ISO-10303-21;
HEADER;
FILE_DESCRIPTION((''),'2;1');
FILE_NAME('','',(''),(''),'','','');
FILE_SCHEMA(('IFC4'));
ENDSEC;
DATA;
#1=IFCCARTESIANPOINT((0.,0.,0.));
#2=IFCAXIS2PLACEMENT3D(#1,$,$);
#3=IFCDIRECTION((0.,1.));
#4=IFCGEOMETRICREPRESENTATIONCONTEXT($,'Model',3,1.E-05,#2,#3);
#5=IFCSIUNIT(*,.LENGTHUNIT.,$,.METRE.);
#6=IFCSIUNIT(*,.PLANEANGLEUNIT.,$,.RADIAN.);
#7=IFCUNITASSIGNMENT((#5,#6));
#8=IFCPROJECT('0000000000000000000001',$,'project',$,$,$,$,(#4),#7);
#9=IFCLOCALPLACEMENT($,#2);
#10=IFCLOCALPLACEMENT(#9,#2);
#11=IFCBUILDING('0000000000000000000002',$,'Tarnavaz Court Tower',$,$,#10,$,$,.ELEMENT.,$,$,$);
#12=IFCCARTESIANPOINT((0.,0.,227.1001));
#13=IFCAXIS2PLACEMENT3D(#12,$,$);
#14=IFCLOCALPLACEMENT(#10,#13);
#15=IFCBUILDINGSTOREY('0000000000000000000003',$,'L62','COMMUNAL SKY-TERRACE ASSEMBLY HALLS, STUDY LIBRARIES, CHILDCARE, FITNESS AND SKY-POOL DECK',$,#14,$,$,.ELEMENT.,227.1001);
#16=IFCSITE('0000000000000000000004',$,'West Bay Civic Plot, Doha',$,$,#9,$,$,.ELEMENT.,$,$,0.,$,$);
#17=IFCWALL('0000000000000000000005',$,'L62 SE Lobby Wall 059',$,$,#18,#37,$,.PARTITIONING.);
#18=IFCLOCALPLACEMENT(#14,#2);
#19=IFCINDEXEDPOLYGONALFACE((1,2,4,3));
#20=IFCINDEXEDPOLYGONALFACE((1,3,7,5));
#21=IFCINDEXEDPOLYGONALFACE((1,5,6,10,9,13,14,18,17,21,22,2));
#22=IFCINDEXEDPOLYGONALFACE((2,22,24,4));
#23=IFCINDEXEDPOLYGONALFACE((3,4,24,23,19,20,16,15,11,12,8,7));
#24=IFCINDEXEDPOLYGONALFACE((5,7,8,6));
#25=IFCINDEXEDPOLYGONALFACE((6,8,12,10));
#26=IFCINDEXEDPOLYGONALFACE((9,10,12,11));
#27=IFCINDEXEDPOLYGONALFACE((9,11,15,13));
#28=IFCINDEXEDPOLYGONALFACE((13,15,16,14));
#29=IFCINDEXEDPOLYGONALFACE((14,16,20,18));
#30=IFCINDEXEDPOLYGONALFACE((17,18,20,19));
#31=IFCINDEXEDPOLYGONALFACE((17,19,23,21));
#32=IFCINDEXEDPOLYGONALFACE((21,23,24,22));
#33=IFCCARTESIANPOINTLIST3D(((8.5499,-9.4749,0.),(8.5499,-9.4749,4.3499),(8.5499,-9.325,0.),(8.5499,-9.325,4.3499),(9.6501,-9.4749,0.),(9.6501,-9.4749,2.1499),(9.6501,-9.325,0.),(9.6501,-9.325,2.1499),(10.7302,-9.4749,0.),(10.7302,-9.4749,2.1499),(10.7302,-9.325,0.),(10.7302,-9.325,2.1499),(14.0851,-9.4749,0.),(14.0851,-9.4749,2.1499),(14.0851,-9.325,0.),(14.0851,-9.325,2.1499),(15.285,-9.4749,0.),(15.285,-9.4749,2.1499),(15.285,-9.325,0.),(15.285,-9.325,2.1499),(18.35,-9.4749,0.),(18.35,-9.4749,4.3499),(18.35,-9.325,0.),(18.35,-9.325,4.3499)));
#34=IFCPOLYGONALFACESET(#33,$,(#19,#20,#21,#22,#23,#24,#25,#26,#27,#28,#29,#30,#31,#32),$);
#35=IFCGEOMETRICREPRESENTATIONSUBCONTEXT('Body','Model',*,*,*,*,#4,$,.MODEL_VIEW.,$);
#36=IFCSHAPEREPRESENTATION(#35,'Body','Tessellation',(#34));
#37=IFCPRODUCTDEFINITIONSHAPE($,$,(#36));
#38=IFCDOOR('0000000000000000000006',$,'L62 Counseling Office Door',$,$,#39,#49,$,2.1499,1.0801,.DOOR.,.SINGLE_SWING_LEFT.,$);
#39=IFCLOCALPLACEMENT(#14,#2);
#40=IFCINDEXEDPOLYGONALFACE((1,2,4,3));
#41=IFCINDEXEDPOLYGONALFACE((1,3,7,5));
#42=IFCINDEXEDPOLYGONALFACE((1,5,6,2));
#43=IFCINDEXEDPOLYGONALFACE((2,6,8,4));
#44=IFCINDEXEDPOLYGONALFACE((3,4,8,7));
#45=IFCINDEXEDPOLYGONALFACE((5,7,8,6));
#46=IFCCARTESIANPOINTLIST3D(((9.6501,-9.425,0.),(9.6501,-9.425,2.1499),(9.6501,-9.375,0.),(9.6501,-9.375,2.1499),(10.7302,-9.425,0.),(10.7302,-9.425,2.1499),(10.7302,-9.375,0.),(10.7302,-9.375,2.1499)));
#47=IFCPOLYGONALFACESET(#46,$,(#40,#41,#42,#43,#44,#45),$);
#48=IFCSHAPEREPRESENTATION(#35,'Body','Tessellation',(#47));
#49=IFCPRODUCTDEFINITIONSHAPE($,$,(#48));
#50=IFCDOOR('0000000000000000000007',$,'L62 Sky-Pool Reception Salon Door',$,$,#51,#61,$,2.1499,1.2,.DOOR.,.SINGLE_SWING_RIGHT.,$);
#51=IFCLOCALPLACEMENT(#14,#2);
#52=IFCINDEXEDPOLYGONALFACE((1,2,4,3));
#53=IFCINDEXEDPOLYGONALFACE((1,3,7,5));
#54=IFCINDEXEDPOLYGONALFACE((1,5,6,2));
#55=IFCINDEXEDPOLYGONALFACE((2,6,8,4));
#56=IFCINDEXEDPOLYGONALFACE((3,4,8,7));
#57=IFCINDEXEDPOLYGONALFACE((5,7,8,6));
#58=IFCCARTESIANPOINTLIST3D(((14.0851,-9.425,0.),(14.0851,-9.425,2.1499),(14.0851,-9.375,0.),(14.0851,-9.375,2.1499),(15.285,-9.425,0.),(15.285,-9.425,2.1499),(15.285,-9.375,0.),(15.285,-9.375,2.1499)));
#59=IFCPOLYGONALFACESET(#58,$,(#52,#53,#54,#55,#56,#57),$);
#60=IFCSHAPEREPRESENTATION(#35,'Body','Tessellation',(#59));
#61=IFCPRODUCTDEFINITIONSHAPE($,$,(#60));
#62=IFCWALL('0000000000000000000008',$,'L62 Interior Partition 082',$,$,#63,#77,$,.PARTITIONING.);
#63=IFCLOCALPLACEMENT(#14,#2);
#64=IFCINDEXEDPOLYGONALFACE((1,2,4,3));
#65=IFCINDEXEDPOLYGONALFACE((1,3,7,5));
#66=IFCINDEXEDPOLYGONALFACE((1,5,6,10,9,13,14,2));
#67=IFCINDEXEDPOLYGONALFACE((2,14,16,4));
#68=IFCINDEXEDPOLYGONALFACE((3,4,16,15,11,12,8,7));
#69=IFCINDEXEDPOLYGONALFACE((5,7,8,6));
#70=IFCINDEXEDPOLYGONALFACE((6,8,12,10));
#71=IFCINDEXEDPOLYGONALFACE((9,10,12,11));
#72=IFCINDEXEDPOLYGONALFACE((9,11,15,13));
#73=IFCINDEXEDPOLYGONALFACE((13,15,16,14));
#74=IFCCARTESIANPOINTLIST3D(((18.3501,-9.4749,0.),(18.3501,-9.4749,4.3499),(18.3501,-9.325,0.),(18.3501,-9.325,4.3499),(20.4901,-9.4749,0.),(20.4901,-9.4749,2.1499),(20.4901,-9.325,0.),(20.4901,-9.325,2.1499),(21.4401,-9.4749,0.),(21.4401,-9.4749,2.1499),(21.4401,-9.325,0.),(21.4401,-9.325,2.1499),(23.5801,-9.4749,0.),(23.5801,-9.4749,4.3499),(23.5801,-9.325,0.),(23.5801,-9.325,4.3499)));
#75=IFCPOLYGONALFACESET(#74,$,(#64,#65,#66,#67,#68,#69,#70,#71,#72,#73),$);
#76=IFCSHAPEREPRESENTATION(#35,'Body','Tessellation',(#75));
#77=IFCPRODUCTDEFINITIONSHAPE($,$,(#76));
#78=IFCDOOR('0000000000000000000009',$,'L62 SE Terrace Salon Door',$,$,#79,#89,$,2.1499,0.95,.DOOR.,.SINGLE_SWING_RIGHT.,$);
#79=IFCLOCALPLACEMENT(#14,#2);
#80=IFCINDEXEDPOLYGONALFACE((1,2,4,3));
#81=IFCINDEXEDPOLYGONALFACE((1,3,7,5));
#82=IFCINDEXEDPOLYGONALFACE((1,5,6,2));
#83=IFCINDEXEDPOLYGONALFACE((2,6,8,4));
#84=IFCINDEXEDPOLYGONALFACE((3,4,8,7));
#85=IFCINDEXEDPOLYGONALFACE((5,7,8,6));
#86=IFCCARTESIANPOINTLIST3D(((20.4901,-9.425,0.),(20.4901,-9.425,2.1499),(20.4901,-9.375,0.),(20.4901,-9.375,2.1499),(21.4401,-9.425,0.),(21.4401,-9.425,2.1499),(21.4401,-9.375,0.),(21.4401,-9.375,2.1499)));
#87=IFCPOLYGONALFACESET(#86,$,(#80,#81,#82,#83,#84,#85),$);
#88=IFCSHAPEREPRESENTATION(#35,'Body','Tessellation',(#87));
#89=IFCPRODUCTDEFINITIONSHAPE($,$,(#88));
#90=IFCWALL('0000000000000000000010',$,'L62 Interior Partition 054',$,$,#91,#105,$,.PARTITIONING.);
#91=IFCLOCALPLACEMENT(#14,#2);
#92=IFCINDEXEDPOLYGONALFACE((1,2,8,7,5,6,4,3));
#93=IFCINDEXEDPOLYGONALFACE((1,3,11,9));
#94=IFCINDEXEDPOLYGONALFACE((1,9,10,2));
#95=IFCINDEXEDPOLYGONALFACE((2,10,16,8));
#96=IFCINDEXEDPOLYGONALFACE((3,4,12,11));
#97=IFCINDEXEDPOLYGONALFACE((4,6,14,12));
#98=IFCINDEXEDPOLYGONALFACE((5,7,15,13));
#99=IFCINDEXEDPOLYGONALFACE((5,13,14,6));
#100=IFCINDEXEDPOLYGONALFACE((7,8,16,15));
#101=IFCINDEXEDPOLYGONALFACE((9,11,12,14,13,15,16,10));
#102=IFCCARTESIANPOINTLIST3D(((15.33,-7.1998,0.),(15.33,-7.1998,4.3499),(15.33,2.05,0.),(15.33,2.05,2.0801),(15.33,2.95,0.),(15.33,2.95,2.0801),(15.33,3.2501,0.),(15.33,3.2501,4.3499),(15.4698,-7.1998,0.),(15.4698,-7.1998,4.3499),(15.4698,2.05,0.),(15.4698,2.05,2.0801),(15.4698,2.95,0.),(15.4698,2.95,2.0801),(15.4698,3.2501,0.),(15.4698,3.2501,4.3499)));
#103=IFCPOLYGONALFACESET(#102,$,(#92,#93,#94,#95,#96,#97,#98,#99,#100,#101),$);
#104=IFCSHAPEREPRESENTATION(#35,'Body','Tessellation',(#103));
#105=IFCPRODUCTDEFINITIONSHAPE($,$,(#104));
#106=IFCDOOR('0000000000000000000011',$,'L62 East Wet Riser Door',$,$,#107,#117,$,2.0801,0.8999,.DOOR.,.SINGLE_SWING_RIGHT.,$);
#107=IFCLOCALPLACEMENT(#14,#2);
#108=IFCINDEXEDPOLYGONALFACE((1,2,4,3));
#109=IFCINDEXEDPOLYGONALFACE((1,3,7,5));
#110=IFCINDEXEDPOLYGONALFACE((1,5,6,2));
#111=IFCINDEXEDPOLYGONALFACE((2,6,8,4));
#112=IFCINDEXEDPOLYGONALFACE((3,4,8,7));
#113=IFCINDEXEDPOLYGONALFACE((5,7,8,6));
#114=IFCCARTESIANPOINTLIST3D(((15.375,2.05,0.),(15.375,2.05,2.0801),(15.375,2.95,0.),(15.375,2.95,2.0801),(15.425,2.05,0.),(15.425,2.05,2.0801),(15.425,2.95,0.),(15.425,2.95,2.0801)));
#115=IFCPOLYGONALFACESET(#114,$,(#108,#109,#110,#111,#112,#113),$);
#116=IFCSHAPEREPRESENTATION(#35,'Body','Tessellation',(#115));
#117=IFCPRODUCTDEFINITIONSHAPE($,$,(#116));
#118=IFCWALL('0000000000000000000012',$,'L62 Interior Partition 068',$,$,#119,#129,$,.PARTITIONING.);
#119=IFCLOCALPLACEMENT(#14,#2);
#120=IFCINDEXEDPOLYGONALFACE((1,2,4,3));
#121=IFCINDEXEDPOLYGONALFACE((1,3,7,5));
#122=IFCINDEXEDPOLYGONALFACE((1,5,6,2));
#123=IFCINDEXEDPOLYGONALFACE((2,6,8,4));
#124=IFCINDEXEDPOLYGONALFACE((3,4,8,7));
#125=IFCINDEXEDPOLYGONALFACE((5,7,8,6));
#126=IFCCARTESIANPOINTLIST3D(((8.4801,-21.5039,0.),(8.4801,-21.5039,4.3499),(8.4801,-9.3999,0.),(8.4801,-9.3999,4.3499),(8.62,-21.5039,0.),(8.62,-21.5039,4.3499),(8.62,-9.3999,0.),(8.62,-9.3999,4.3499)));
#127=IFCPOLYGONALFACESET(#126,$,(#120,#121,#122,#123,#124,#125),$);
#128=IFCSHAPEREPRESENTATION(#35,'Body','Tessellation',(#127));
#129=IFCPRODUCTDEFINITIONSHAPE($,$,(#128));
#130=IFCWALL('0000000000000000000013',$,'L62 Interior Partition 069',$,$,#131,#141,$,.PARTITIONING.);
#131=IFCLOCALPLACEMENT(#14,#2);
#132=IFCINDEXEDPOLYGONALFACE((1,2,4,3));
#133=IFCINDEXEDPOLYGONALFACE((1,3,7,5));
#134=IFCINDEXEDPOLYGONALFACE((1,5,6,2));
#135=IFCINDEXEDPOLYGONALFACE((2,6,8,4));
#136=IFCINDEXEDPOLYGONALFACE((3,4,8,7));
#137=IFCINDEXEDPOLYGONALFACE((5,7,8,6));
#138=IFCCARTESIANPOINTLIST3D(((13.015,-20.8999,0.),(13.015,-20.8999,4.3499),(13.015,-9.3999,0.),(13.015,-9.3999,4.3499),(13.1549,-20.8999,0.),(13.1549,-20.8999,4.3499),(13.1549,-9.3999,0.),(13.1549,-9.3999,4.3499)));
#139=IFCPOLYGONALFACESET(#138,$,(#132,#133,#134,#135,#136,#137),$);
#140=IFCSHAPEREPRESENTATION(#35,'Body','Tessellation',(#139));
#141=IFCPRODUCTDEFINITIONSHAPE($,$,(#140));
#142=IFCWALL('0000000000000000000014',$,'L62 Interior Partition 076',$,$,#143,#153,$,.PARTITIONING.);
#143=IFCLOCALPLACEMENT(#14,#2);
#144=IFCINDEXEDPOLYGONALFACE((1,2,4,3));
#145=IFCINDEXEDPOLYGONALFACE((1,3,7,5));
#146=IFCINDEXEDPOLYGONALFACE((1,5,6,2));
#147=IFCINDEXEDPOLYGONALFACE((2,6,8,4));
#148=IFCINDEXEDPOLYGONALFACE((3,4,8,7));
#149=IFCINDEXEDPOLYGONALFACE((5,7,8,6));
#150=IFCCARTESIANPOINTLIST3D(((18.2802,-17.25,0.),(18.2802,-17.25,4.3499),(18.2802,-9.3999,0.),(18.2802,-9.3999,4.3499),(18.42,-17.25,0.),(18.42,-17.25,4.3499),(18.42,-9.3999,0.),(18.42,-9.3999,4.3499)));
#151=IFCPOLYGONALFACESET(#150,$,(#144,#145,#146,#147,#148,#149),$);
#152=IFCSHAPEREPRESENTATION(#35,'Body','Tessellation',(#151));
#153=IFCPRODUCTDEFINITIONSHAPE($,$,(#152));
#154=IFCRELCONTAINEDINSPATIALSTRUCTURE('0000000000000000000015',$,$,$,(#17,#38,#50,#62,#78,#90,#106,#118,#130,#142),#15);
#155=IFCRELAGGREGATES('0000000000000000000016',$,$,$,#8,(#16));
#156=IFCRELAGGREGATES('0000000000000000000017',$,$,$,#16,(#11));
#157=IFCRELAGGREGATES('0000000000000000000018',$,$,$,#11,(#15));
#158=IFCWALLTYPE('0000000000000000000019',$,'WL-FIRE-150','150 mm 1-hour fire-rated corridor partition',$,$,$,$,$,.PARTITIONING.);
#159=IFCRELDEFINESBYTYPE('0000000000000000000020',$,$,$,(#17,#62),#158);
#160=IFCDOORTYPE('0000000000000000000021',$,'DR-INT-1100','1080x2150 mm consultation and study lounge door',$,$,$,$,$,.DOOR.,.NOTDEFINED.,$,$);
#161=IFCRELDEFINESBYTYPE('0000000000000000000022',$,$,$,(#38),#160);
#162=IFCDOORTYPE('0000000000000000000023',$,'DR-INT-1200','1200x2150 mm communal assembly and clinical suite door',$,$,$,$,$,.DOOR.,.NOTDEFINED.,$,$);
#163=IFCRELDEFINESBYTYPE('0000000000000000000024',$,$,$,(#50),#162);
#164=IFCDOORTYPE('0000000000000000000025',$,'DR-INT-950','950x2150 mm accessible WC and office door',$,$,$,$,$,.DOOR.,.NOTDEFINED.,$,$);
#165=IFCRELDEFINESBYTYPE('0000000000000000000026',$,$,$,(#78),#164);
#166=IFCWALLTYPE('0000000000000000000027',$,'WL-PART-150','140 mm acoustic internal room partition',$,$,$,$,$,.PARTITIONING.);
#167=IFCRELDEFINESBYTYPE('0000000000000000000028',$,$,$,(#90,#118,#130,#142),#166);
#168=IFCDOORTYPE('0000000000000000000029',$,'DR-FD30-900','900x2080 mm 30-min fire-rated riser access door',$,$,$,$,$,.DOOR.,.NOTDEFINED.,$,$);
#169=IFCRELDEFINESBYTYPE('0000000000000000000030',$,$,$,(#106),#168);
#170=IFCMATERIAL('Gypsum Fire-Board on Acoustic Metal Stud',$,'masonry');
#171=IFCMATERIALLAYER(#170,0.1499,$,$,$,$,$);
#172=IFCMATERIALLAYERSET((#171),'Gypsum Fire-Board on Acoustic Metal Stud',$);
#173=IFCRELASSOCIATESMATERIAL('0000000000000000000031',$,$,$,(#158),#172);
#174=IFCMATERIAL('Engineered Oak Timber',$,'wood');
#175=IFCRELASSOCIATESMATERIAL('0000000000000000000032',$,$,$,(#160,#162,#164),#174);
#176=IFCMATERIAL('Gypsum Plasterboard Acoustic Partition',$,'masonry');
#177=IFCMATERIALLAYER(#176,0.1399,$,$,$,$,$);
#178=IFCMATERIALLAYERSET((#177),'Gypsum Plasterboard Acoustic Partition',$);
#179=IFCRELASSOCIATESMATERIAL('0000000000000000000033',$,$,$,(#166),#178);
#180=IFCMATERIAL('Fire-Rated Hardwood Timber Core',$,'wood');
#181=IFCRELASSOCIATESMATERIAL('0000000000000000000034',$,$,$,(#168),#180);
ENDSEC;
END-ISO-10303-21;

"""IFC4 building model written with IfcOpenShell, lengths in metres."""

from ifc_helpers import new_model, si_unit, direction, frame, frame_2d, origin, place, context, subcontext, project, spatial, rectangle, extrude, material, layer, layer_set, type_object, element, fill, save


model = new_model("IFC4")

# Units and contexts
model_context = context("Model", 3, precision=1e-05, world=origin(), true_north=direction((0.0, 1.0)))
body_context = subcontext(model_context, "Body", "Model", "MODEL_VIEW")
ifc_project = project(units=[si_unit("LENGTHUNIT", "METRE"), si_unit("PLANEANGLEUNIT", "RADIAN")], contexts=[model_context])

# Site, building, storey
site_placement = place(None, origin())
site = spatial("IfcSite", under=ifc_project, at=site_placement, Name="West Bay Civic Plot, Doha", CompositionType="ELEMENT", RefElevation=0.0)
building_placement = place(site_placement, origin())
building = spatial("IfcBuilding", under=site, at=building_placement, Name="Tarnavaz Court Tower", CompositionType="ELEMENT")
storey_placement = place(building_placement, frame((0.0, 0.0, 227.1001)))
storey = spatial("IfcBuildingStorey", under=building, at=storey_placement, Name="L62", Description="COMMUNAL SKY-TERRACE ASSEMBLY HALLS, STUDY LIBRARIES, CHILDCARE, FITNESS AND SKY-POOL DECK", CompositionType="ELEMENT", Elevation=227.1001)

# Wall, openings, doors
ifc_material_1 = material(Name="Gypsum Fire-Board on Acoustic Metal Stud", Category="masonry")
ifc_layer_1 = layer(ifc_material_1, 0.1499)
ifc_layer_set_1 = layer_set([ifc_layer_1], Name="Gypsum Fire-Board on Acoustic Metal Stud")
wall_type_1 = type_object("IfcWallType", Name="WL-FIRE-150", Description="150 mm 1-hour fire-rated corridor partition", PredefinedType="PARTITIONING", material=ifc_layer_set_1)
wall_1_placement = place(storey_placement, frame((8.55, -9.3999, 0.0), z_axis=(0.0, 0.0, 1.0), x_axis=(1.0, 0.0, 0.0)))
wall_1 = element("IfcWall", 1, at=wall_1_placement, inside=storey, type_object=wall_type_1, Name="L62 SE Lobby Wall 059", PredefinedType="PARTITIONING", context=body_context, shape_type="SweptSolid", body=[
    extrude(rectangle(XDim=9.8, YDim=0.1499, at=frame_2d((4.8999, 0.0))), origin(), (0.0, 0.0, 1.0), 4.3499),
])
opening_1_placement = place(wall_1_placement, frame((1.1001, 0.0, 0.0)))
opening_1 = element("IfcOpeningElement", 2, at=opening_1_placement, cuts=wall_1, PredefinedType="OPENING", context=body_context, shape_type="SweptSolid", body=[
    extrude(rectangle(XDim=1.0801, YDim=2.1499, at=frame_2d((0.54, 1.075))), frame((0.0, 0.085, 0.0), z_axis=(0.0, -1.0, 0.0), x_axis=(1.0, 0.0, 0.0)), (0.0, 0.0, 1.0), 0.1699),
])
opening_2_placement = place(wall_1_placement, frame((5.5349, 0.0, 0.0)))
opening_2 = element("IfcOpeningElement", 3, at=opening_2_placement, cuts=wall_1, PredefinedType="OPENING", context=body_context, shape_type="SweptSolid", body=[
    extrude(rectangle(XDim=1.2, YDim=2.1499, at=frame_2d((0.6001, 1.075))), frame((0.0, 0.085, 0.0), z_axis=(0.0, -1.0, 0.0), x_axis=(1.0, 0.0, 0.0)), (0.0, 0.0, 1.0), 0.1699),
])
ifc_material_2 = material(Name="Engineered Oak Timber", Category="wood")
door_type_1 = type_object("IfcDoorType", Name="DR-INT-1100", Description="1080x2150 mm consultation and study lounge door", OperationType="NOTDEFINED", PredefinedType="DOOR", material=ifc_material_2)
door_1_placement = place(opening_1_placement, origin())
door_1 = element("IfcDoor", 4, at=door_1_placement, inside=storey, type_object=door_type_1, Name="L62 Counseling Office Door", OperationType="SINGLE_SWING_LEFT", OverallHeight=2.1499, OverallWidth=1.0801, PredefinedType="DOOR", context=body_context, shape_type="SweptSolid", body=[
    extrude(rectangle(XDim=1.0801, YDim=2.1499, at=frame_2d((0.54, 1.075))), frame((0.0, 0.0249, 0.0), z_axis=(0.0, -1.0, 0.0), x_axis=(1.0, 0.0, 0.0)), (0.0, 0.0, 1.0), 0.05),
])
fill(opening_1, door_1)
door_type_2 = type_object("IfcDoorType", Name="DR-INT-1200", Description="1200x2150 mm communal assembly and clinical suite door", OperationType="NOTDEFINED", PredefinedType="DOOR", material=ifc_material_2)
door_2_placement = place(opening_2_placement, origin())
door_2 = element("IfcDoor", 5, at=door_2_placement, inside=storey, type_object=door_type_2, Name="L62 Sky-Pool Reception Salon Door", OperationType="SINGLE_SWING_RIGHT", OverallHeight=2.1499, OverallWidth=1.2, PredefinedType="DOOR", context=body_context, shape_type="SweptSolid", body=[
    extrude(rectangle(XDim=1.2, YDim=2.1499, at=frame_2d((0.6001, 1.075))), frame((0.0, 0.0249, 0.0), z_axis=(0.0, -1.0, 0.0), x_axis=(1.0, 0.0, 0.0)), (0.0, 0.0, 1.0), 0.05),
])
fill(opening_2, door_2)

# Walls, openings, doors
wall_2_placement = place(storey_placement, frame((18.3501, -9.3999, 0.0), z_axis=(0.0, 0.0, 1.0), x_axis=(1.0, 0.0, 0.0)))
wall_2 = element("IfcWall", 6, at=wall_2_placement, inside=storey, type_object=wall_type_1, Name="L62 Interior Partition 082", PredefinedType="PARTITIONING", context=body_context, shape_type="SweptSolid", body=[
    extrude(rectangle(XDim=5.23, YDim=0.1499, at=frame_2d((2.615, 0.0))), origin(), (0.0, 0.0, 1.0), 4.3499),
])
opening_3_placement = place(wall_2_placement, frame((2.1399, 0.0, 0.0)))
opening_3 = element("IfcOpeningElement", 7, at=opening_3_placement, cuts=wall_2, PredefinedType="OPENING", context=body_context, shape_type="SweptSolid", body=[
    extrude(rectangle(XDim=0.95, YDim=2.1499, at=frame_2d((0.4751, 1.075))), frame((0.0, 0.085, 0.0), z_axis=(0.0, -1.0, 0.0), x_axis=(1.0, 0.0, 0.0)), (0.0, 0.0, 1.0), 0.1699),
])
door_type_3 = type_object("IfcDoorType", Name="DR-INT-950", Description="950x2150 mm accessible WC and office door", OperationType="NOTDEFINED", PredefinedType="DOOR", material=ifc_material_2)
door_3_placement = place(opening_3_placement, origin())
door_3 = element("IfcDoor", 8, at=door_3_placement, inside=storey, type_object=door_type_3, Name="L62 SE Terrace Salon Door", OperationType="SINGLE_SWING_RIGHT", OverallHeight=2.1499, OverallWidth=0.95, PredefinedType="DOOR", context=body_context, shape_type="SweptSolid", body=[
    extrude(rectangle(XDim=0.95, YDim=2.1499, at=frame_2d((0.4751, 1.075))), frame((0.0, 0.0249, 0.0), z_axis=(0.0, -1.0, 0.0), x_axis=(1.0, 0.0, 0.0)), (0.0, 0.0, 1.0), 0.05),
])
fill(opening_3, door_3)
ifc_material_3 = material(Name="Gypsum Plasterboard Acoustic Partition", Category="masonry")
ifc_layer_2 = layer(ifc_material_3, 0.1399)
ifc_layer_set_2 = layer_set([ifc_layer_2], Name="Gypsum Plasterboard Acoustic Partition")
wall_type_2 = type_object("IfcWallType", Name="WL-PART-150", Description="140 mm acoustic internal room partition", PredefinedType="PARTITIONING", material=ifc_layer_set_2)
wall_3_placement = place(storey_placement, frame((15.3999, -7.2, 0.0), z_axis=(0.0, 0.0, 1.0), x_axis=(0.0, 1.0, 0.0)))
wall_3 = element("IfcWall", 9, at=wall_3_placement, inside=storey, type_object=wall_type_2, Name="L62 Interior Partition 054", PredefinedType="PARTITIONING", context=body_context, shape_type="SweptSolid", body=[
    extrude(rectangle(XDim=10.45, YDim=0.1399, at=frame_2d((5.2251, 0.0))), origin(), (0.0, 0.0, 1.0), 4.3499),
])
opening_4_placement = place(wall_3_placement, frame((9.25, 0.0, 0.0)))
opening_4 = element("IfcOpeningElement", 10, at=opening_4_placement, cuts=wall_3, PredefinedType="OPENING", context=body_context, shape_type="SweptSolid", body=[
    extrude(rectangle(XDim=0.8999, YDim=2.0801, at=frame_2d((0.45, 1.04))), frame((0.0, 0.0798, 0.0), z_axis=(0.0, -1.0, 0.0), x_axis=(1.0, 0.0, 0.0)), (0.0, 0.0, 1.0), 0.1599),
])
ifc_material_4 = material(Name="Fire-Rated Hardwood Timber Core", Category="wood")
door_type_4 = type_object("IfcDoorType", Name="DR-FD30-900", Description="900x2080 mm 30-min fire-rated riser access door", OperationType="NOTDEFINED", PredefinedType="DOOR", material=ifc_material_4)
door_4_placement = place(opening_4_placement, origin())
door_4 = element("IfcDoor", 11, at=door_4_placement, inside=storey, type_object=door_type_4, Name="L62 East Wet Riser Door", OperationType="SINGLE_SWING_RIGHT", OverallHeight=2.0801, OverallWidth=0.8999, PredefinedType="DOOR", context=body_context, shape_type="SweptSolid", body=[
    extrude(rectangle(XDim=0.8999, YDim=2.0801, at=frame_2d((0.45, 1.04))), frame((0.0, 0.0249, 0.0), z_axis=(0.0, -1.0, 0.0), x_axis=(1.0, 0.0, 0.0)), (0.0, 0.0, 1.0), 0.05),
])
fill(opening_4, door_4)

# Walls
wall_4_placement = place(storey_placement, frame((8.55, -21.5039, 0.0), z_axis=(0.0, 0.0, 1.0), x_axis=(0.0, 1.0, 0.0)))
element("IfcWall", 12, at=wall_4_placement, inside=storey, type_object=wall_type_2, Name="L62 Interior Partition 068", PredefinedType="PARTITIONING", context=body_context, shape_type="SweptSolid", body=[
    extrude(rectangle(XDim=12.104, YDim=0.1399, at=frame_2d((6.052, 0.0))), origin(), (0.0, 0.0, 1.0), 4.3499),
])
wall_5_placement = place(storey_placement, frame((13.085, -20.8999, 0.0), z_axis=(0.0, 0.0, 1.0), x_axis=(0.0, 1.0, 0.0)))
element("IfcWall", 13, at=wall_5_placement, inside=storey, type_object=wall_type_2, Name="L62 Interior Partition 069", PredefinedType="PARTITIONING", context=body_context, shape_type="SweptSolid", body=[
    extrude(rectangle(XDim=11.5, YDim=0.1399, at=frame_2d((5.75, 0.0))), origin(), (0.0, 0.0, 1.0), 4.3499),
])
wall_6_placement = place(storey_placement, frame((18.3501, -17.25, 0.0), z_axis=(0.0, 0.0, 1.0), x_axis=(0.0, 1.0, 0.0)))
element("IfcWall", 14, at=wall_6_placement, inside=storey, type_object=wall_type_2, Name="L62 Interior Partition 076", PredefinedType="PARTITIONING", context=body_context, shape_type="SweptSolid", body=[
    extrude(rectangle(XDim=7.8501, YDim=0.1399, at=frame_2d((3.925, 0.0))), origin(), (0.0, 0.0, 1.0), 4.3499),
])

save(model, "model.ifc")
